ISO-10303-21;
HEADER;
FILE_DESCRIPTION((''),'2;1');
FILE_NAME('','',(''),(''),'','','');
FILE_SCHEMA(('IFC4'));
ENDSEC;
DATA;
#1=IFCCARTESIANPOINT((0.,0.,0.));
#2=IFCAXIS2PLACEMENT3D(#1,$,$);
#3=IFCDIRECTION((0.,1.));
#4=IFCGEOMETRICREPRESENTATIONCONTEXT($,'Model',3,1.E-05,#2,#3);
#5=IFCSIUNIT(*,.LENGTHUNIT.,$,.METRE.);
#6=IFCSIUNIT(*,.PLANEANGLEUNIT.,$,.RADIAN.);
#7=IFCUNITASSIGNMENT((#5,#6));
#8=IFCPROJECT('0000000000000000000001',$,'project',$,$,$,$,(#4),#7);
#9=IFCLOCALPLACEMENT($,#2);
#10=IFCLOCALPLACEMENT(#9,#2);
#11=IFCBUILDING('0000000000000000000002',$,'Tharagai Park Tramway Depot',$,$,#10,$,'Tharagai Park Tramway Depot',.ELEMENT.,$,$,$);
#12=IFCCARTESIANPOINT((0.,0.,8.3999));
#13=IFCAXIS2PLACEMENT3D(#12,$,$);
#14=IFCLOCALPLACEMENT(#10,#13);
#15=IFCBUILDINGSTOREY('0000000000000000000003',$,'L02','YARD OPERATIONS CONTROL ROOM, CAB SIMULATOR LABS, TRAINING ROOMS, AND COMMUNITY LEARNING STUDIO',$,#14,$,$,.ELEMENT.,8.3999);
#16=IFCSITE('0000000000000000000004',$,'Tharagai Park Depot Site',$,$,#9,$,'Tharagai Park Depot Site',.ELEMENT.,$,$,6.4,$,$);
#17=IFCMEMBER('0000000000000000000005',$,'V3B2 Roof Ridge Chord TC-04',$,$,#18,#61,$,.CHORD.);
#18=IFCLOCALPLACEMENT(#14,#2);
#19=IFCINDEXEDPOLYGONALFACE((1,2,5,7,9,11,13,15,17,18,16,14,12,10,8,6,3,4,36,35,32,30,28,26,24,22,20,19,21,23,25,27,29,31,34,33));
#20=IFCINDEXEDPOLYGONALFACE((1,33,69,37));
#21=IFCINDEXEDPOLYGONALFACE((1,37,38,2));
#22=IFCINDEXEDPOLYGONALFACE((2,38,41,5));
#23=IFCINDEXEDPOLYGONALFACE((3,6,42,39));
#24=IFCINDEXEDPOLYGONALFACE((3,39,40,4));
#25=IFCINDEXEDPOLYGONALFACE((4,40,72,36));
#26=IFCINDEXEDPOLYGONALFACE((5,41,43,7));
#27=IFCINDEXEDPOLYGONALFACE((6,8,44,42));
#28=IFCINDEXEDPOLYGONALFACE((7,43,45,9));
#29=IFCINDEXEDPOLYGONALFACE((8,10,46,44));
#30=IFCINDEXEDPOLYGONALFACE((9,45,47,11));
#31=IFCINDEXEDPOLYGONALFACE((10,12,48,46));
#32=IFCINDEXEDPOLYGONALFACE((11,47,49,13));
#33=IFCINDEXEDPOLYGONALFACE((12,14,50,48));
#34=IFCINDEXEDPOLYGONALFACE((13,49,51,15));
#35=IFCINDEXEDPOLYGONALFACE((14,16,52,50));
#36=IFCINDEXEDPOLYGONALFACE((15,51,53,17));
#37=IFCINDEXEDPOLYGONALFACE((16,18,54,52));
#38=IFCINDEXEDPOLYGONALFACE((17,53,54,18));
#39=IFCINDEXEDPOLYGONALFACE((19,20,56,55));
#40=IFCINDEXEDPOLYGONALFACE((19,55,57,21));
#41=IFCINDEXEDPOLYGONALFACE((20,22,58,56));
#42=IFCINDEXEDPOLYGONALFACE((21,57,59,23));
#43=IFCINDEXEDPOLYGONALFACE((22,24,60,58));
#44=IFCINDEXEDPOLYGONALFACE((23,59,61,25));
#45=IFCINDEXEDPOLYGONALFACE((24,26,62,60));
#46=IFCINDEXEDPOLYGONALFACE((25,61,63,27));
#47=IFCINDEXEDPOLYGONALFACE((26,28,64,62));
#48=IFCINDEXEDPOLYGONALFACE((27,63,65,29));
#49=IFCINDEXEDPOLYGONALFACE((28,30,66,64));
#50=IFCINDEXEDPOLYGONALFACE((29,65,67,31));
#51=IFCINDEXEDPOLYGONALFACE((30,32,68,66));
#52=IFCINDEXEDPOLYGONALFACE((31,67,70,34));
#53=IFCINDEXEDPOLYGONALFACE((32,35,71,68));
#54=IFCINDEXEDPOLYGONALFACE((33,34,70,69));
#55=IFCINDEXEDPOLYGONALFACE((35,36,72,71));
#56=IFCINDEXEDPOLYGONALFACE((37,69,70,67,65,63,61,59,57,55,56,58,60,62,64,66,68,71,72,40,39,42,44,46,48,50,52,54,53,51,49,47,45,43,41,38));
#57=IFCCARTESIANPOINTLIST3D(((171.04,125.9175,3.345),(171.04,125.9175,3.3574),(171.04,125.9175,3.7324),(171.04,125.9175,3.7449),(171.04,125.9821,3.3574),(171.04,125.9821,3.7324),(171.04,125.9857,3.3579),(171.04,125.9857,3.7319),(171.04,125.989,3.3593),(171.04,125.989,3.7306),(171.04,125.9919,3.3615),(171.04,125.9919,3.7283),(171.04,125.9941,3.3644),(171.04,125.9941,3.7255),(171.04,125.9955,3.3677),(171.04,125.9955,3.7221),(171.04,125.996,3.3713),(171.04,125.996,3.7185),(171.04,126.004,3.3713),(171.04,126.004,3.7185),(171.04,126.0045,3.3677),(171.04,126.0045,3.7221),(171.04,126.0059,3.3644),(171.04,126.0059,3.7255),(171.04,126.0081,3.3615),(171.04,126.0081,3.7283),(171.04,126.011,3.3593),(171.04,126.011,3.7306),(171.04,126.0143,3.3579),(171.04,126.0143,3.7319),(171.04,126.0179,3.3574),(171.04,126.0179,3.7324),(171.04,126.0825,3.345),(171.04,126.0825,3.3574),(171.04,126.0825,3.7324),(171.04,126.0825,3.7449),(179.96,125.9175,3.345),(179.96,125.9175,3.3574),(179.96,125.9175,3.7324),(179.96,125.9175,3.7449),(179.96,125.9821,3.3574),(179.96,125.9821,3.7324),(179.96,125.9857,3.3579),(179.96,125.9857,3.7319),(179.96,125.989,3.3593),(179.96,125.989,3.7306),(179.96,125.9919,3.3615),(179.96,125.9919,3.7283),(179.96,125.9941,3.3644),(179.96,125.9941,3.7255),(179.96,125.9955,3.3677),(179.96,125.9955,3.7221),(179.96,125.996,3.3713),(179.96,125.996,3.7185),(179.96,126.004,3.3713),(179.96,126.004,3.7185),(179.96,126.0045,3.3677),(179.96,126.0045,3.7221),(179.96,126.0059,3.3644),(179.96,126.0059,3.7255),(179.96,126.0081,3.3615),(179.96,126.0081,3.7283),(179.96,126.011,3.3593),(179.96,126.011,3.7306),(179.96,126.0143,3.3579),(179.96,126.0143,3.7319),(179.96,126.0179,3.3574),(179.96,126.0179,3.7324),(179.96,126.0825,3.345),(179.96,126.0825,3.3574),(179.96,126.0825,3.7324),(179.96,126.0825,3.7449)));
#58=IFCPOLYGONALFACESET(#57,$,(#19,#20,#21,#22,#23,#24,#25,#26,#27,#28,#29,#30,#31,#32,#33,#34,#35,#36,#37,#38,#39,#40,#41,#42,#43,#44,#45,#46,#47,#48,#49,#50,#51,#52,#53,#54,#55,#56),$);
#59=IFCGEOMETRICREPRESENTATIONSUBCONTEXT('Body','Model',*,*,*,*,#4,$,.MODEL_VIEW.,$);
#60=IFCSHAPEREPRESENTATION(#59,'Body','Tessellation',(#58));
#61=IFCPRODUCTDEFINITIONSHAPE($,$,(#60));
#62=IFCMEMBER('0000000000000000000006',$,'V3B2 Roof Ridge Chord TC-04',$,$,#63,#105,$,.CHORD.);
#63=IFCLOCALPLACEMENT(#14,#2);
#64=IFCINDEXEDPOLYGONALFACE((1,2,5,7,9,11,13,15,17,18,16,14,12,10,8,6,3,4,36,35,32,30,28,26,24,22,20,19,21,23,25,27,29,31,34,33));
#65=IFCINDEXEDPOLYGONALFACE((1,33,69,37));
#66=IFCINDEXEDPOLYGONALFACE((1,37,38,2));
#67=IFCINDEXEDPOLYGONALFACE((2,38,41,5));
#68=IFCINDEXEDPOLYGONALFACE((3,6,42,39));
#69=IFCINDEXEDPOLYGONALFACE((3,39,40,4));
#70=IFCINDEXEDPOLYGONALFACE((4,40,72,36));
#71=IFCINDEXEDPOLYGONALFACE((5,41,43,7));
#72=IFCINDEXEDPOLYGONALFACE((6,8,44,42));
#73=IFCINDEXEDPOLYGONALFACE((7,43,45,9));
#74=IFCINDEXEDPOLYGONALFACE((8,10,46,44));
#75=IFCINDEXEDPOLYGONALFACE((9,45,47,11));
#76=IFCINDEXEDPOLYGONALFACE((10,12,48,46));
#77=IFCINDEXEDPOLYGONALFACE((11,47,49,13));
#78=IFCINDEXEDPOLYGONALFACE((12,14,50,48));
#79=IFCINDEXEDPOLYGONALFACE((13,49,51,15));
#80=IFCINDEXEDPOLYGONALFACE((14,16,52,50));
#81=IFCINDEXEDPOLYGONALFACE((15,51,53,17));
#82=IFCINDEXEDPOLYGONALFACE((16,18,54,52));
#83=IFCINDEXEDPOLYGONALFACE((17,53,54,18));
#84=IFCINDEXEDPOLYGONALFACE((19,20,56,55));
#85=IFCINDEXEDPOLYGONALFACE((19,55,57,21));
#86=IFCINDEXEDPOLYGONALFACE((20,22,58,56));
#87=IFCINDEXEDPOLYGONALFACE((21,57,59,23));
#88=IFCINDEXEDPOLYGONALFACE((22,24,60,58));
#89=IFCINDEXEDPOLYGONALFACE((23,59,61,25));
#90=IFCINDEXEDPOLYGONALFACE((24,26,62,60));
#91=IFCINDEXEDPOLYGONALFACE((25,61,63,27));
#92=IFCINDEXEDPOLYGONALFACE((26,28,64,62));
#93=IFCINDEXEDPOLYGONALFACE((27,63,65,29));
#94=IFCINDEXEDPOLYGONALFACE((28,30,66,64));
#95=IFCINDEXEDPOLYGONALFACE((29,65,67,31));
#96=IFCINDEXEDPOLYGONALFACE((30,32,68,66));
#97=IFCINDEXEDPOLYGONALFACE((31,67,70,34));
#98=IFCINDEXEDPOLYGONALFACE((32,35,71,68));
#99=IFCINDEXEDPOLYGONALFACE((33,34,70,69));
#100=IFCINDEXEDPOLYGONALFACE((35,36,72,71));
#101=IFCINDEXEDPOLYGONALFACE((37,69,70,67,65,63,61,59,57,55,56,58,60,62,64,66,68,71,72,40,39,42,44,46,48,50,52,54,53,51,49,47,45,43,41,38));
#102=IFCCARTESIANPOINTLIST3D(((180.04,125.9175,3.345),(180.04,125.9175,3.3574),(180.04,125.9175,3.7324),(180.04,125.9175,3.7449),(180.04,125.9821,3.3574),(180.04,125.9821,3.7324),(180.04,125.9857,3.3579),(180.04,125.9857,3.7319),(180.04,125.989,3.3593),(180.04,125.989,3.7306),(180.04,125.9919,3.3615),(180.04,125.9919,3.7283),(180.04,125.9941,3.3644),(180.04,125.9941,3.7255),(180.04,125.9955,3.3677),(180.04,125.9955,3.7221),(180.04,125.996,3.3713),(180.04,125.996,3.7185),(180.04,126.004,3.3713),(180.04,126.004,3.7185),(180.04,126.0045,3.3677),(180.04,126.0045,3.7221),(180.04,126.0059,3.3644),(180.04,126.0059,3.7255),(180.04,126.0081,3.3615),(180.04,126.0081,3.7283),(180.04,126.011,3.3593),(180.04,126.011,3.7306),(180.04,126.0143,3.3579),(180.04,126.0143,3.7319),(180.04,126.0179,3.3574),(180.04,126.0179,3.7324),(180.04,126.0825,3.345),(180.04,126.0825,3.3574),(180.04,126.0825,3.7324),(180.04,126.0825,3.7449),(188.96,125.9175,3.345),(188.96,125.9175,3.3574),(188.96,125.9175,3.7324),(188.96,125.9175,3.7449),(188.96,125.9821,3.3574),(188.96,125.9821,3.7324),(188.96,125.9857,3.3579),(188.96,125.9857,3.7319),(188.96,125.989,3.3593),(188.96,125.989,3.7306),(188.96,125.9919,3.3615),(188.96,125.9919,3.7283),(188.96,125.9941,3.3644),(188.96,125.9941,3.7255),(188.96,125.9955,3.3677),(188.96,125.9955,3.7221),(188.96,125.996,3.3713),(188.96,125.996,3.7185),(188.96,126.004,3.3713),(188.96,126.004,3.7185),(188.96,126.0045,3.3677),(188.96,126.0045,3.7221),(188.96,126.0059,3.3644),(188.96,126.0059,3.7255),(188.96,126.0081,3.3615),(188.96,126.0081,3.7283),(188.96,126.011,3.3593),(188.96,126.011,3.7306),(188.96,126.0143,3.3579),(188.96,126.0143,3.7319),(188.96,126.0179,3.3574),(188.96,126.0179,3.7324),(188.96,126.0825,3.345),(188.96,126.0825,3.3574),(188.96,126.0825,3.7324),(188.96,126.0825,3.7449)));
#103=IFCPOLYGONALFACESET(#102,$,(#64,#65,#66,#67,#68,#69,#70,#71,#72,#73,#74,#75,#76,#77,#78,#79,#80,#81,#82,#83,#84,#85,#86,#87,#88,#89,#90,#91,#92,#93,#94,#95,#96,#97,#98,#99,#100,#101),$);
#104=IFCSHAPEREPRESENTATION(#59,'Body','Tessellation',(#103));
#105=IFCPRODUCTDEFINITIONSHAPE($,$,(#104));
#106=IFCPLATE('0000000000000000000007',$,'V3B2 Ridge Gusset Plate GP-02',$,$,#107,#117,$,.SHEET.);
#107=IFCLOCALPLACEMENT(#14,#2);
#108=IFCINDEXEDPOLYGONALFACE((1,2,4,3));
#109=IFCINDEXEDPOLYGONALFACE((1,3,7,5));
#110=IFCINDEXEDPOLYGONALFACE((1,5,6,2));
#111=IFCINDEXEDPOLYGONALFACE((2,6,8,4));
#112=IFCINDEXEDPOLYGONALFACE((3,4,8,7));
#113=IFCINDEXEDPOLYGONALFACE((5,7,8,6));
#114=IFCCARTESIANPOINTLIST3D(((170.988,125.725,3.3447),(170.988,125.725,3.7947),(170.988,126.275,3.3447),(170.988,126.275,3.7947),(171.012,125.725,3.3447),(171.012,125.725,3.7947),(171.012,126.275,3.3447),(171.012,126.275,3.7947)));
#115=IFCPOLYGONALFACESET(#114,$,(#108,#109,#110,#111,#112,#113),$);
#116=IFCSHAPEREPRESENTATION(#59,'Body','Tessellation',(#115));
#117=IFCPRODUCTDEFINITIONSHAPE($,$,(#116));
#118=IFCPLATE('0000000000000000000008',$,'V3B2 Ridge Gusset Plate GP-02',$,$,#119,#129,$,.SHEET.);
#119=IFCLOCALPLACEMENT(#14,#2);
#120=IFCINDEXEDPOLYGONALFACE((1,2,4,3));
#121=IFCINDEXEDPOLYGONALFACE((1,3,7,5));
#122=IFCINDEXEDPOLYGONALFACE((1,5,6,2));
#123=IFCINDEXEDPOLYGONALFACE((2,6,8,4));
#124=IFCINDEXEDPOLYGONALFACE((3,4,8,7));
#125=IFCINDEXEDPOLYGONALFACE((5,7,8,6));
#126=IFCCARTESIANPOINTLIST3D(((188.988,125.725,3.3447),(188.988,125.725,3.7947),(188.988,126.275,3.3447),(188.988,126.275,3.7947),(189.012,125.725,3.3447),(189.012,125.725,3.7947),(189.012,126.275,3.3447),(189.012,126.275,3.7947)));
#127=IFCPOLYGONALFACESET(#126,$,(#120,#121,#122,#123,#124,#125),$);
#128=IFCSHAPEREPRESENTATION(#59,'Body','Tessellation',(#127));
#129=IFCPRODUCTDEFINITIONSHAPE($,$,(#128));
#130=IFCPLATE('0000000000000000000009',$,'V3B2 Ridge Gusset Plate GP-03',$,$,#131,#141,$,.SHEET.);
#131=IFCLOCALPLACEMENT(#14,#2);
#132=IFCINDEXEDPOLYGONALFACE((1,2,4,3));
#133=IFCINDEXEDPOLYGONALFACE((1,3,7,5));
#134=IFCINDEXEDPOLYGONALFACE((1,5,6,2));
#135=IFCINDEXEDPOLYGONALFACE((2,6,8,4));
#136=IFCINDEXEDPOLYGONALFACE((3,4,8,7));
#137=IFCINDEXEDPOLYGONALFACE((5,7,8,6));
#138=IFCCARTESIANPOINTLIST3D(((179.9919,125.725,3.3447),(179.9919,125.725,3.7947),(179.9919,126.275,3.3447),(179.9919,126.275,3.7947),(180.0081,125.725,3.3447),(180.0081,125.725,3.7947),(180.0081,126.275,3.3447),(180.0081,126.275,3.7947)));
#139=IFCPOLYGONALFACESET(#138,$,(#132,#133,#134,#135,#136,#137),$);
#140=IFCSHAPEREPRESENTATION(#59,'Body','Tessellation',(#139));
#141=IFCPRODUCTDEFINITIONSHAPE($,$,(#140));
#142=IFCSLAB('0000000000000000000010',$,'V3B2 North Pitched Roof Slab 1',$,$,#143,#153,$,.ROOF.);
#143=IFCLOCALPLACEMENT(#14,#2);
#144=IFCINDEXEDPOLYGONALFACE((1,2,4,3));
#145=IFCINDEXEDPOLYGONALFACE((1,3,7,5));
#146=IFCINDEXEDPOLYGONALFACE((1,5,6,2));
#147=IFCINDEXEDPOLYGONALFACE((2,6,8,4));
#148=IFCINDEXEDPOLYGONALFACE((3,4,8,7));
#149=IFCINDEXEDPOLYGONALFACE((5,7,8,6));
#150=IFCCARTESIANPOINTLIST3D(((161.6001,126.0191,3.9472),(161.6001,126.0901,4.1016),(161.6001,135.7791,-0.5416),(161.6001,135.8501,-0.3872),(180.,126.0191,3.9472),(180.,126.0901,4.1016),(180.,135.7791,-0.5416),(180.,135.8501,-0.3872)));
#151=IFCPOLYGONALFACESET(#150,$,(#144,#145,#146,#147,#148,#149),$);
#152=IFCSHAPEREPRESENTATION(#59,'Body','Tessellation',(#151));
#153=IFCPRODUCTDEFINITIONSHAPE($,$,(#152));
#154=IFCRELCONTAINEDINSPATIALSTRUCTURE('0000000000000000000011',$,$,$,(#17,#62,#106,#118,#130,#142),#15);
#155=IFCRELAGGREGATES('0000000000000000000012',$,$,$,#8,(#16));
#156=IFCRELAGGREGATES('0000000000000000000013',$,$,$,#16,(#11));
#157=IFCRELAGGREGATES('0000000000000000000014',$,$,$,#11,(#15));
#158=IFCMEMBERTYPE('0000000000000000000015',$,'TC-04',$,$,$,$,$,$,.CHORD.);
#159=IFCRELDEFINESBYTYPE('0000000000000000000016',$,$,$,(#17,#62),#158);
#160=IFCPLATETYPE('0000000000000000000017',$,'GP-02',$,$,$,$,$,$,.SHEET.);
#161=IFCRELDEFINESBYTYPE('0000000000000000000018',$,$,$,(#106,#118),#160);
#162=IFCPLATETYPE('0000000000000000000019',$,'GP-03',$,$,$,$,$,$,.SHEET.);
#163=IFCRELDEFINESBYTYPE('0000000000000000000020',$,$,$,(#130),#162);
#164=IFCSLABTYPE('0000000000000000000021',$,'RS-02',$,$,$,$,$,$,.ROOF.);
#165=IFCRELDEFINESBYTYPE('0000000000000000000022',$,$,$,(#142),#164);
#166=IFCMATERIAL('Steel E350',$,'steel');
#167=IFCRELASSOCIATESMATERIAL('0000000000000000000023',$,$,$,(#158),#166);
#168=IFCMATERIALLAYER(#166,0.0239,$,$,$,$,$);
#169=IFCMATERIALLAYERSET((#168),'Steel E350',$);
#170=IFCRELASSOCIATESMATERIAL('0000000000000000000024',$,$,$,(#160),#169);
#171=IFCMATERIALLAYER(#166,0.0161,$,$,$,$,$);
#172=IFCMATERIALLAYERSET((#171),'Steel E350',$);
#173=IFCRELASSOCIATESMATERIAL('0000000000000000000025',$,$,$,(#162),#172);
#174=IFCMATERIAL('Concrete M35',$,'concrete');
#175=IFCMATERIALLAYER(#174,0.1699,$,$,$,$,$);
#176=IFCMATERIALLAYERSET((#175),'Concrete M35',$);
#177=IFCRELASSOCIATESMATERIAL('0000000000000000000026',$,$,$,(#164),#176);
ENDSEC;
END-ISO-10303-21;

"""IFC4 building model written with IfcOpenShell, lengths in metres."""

from ifc_helpers import new_model, si_unit, direction, frame, origin, origin_2d, place, context, subcontext, project, spatial, polyline, rectangle, i_section, outline, extrude, material, layer, layer_set, material_profile, profile_set, type_object, element, save


model = new_model("IFC4")

# Units and contexts
model_context = context("Model", 3, precision=1e-05, world=origin(), true_north=direction((0.0, 1.0)))
body_context = subcontext(model_context, "Body", "Model", "MODEL_VIEW")
ifc_project = project(units=[si_unit("LENGTHUNIT", "METRE"), si_unit("PLANEANGLEUNIT", "RADIAN")], contexts=[model_context])

# Site, building, storey
site_placement = place(None, origin())
site = spatial("IfcSite", under=ifc_project, at=site_placement, Name="Tharagai Park Depot Site", LongName="Tharagai Park Depot Site", CompositionType="ELEMENT", RefElevation=6.4)
building_placement = place(site_placement, origin())
building = spatial("IfcBuilding", under=site, at=building_placement, Name="Tharagai Park Tramway Depot", LongName="Tharagai Park Tramway Depot", CompositionType="ELEMENT")
storey_placement = place(building_placement, frame((0.0, 0.0, 8.3999)))
storey = spatial("IfcBuildingStorey", under=building, at=storey_placement, Name="L02", Description="YARD OPERATIONS CONTROL ROOM, CAB SIMULATOR LABS, TRAINING ROOMS, AND COMMUNITY LEARNING STUDIO", CompositionType="ELEMENT", Elevation=8.3999)

# Shared definitions
ifc_material_1 = material(Name="Steel E350", Category="steel")

# Members
ifc_material_profile_1 = material_profile(ifc_material_1, i_section(OverallWidth=0.165, OverallDepth=0.3999, WebThickness=0.0081, FlangeThickness=0.0125, FilletRadius=0.0139, at=origin_2d()), Name="ISLB 400")
ifc_profile_set_1 = profile_set([ifc_material_profile_1], Name="Steel E350")
member_type_1 = type_object("IfcMemberType", Name="TC-04", PredefinedType="CHORD", material=ifc_profile_set_1)
for number, where, z_axis, x_axis, name in (
    (1, (171.04, 126.0, 3.5449), (1.0, 0.0, 0.0), (0.0, 1.0, 0.0), "V3B2 Roof Ridge Chord TC-04"),
    (2, (180.04, 126.0, 3.5449), (1.0, 0.0, 0.0), (0.0, 1.0, 0.0), "V3B2 Roof Ridge Chord TC-04"),
):
    element("IfcMember", number, at=place(storey_placement, frame(where, z_axis=z_axis, x_axis=x_axis)), inside=storey, type_object=member_type_1, Name=name, PredefinedType="CHORD", context=body_context, shape_type="SweptSolid", body=[
        extrude(i_section(OverallWidth=0.165, OverallDepth=0.3999, WebThickness=0.0081, FlangeThickness=0.0125, FilletRadius=0.0139, at=origin_2d()), origin(), (0.0, 0.0, 1.0), 8.9199),
    ])

# Plates
ifc_layer_1 = layer(ifc_material_1, 0.0239)
ifc_layer_set_1 = layer_set([ifc_layer_1], Name="Steel E350")
plate_type_1 = type_object("IfcPlateType", Name="GP-02", PredefinedType="SHEET", material=ifc_layer_set_1)
for number, where, z_axis, x_axis, name in (
    (3, (171.0, 126.0, 3.3447), (0.0, 0.0, 1.0), (1.0, 0.0, 0.0), "V3B2 Ridge Gusset Plate GP-02"),
    (4, (189.0, 126.0, 3.3447), (0.0, 0.0, 1.0), (1.0, 0.0, 0.0), "V3B2 Ridge Gusset Plate GP-02"),
):
    element("IfcPlate", number, at=place(storey_placement, frame(where, z_axis=z_axis, x_axis=x_axis)), inside=storey, type_object=plate_type_1, Name=name, PredefinedType="SHEET", context=body_context, shape_type="SweptSolid", body=[
        extrude(rectangle(XDim=0.0239, YDim=0.55, at=origin_2d()), origin(), (0.0, 0.0, 1.0), 0.45),
    ])
ifc_layer_2 = layer(ifc_material_1, 0.0161)
ifc_layer_set_2 = layer_set([ifc_layer_2], Name="Steel E350")
plate_type_2 = type_object("IfcPlateType", Name="GP-03", PredefinedType="SHEET", material=ifc_layer_set_2)
plate_placement = place(storey_placement, frame((180.0, 126.0, 3.3447), z_axis=(0.0, 0.0, 1.0), x_axis=(1.0, 0.0, 0.0)))
element("IfcPlate", 5, at=plate_placement, inside=storey, type_object=plate_type_2, Name="V3B2 Ridge Gusset Plate GP-03", PredefinedType="SHEET", context=body_context, shape_type="SweptSolid", body=[
    extrude(rectangle(XDim=0.0161, YDim=0.55, at=origin_2d()), origin(), (0.0, 0.0, 1.0), 0.45),
])

# Slab
ifc_material_2 = material(Name="Concrete M35", Category="concrete")
ifc_layer_3 = layer(ifc_material_2, 0.1699)
ifc_layer_set_3 = layer_set([ifc_layer_3], Name="Concrete M35")
slab_type = type_object("IfcSlabType", Name="RS-02", PredefinedType="ROOF", material=ifc_layer_set_3)
slab_placement = place(storey_placement, frame((180.0, 135.8501, -0.3872), z_axis=(0.0, 0.417841, 0.90852), x_axis=(-1.0, 0.0, 0.0)))
element("IfcSlab", 6, at=slab_placement, inside=storey, type_object=slab_type, Name="V3B2 North Pitched Roof Slab 1", PredefinedType="ROOF", context=body_context, shape_type="SweptSolid", body=[
    extrude(outline(polyline([(0.0, 0.0), (18.3999, 0.0), (18.3999, 10.7428), (0.0, 10.7428), (0.0, 0.0)])), origin(), (0.0, 0.0, -1.0), 0.1699),
])

save(model, "model.ifc")
